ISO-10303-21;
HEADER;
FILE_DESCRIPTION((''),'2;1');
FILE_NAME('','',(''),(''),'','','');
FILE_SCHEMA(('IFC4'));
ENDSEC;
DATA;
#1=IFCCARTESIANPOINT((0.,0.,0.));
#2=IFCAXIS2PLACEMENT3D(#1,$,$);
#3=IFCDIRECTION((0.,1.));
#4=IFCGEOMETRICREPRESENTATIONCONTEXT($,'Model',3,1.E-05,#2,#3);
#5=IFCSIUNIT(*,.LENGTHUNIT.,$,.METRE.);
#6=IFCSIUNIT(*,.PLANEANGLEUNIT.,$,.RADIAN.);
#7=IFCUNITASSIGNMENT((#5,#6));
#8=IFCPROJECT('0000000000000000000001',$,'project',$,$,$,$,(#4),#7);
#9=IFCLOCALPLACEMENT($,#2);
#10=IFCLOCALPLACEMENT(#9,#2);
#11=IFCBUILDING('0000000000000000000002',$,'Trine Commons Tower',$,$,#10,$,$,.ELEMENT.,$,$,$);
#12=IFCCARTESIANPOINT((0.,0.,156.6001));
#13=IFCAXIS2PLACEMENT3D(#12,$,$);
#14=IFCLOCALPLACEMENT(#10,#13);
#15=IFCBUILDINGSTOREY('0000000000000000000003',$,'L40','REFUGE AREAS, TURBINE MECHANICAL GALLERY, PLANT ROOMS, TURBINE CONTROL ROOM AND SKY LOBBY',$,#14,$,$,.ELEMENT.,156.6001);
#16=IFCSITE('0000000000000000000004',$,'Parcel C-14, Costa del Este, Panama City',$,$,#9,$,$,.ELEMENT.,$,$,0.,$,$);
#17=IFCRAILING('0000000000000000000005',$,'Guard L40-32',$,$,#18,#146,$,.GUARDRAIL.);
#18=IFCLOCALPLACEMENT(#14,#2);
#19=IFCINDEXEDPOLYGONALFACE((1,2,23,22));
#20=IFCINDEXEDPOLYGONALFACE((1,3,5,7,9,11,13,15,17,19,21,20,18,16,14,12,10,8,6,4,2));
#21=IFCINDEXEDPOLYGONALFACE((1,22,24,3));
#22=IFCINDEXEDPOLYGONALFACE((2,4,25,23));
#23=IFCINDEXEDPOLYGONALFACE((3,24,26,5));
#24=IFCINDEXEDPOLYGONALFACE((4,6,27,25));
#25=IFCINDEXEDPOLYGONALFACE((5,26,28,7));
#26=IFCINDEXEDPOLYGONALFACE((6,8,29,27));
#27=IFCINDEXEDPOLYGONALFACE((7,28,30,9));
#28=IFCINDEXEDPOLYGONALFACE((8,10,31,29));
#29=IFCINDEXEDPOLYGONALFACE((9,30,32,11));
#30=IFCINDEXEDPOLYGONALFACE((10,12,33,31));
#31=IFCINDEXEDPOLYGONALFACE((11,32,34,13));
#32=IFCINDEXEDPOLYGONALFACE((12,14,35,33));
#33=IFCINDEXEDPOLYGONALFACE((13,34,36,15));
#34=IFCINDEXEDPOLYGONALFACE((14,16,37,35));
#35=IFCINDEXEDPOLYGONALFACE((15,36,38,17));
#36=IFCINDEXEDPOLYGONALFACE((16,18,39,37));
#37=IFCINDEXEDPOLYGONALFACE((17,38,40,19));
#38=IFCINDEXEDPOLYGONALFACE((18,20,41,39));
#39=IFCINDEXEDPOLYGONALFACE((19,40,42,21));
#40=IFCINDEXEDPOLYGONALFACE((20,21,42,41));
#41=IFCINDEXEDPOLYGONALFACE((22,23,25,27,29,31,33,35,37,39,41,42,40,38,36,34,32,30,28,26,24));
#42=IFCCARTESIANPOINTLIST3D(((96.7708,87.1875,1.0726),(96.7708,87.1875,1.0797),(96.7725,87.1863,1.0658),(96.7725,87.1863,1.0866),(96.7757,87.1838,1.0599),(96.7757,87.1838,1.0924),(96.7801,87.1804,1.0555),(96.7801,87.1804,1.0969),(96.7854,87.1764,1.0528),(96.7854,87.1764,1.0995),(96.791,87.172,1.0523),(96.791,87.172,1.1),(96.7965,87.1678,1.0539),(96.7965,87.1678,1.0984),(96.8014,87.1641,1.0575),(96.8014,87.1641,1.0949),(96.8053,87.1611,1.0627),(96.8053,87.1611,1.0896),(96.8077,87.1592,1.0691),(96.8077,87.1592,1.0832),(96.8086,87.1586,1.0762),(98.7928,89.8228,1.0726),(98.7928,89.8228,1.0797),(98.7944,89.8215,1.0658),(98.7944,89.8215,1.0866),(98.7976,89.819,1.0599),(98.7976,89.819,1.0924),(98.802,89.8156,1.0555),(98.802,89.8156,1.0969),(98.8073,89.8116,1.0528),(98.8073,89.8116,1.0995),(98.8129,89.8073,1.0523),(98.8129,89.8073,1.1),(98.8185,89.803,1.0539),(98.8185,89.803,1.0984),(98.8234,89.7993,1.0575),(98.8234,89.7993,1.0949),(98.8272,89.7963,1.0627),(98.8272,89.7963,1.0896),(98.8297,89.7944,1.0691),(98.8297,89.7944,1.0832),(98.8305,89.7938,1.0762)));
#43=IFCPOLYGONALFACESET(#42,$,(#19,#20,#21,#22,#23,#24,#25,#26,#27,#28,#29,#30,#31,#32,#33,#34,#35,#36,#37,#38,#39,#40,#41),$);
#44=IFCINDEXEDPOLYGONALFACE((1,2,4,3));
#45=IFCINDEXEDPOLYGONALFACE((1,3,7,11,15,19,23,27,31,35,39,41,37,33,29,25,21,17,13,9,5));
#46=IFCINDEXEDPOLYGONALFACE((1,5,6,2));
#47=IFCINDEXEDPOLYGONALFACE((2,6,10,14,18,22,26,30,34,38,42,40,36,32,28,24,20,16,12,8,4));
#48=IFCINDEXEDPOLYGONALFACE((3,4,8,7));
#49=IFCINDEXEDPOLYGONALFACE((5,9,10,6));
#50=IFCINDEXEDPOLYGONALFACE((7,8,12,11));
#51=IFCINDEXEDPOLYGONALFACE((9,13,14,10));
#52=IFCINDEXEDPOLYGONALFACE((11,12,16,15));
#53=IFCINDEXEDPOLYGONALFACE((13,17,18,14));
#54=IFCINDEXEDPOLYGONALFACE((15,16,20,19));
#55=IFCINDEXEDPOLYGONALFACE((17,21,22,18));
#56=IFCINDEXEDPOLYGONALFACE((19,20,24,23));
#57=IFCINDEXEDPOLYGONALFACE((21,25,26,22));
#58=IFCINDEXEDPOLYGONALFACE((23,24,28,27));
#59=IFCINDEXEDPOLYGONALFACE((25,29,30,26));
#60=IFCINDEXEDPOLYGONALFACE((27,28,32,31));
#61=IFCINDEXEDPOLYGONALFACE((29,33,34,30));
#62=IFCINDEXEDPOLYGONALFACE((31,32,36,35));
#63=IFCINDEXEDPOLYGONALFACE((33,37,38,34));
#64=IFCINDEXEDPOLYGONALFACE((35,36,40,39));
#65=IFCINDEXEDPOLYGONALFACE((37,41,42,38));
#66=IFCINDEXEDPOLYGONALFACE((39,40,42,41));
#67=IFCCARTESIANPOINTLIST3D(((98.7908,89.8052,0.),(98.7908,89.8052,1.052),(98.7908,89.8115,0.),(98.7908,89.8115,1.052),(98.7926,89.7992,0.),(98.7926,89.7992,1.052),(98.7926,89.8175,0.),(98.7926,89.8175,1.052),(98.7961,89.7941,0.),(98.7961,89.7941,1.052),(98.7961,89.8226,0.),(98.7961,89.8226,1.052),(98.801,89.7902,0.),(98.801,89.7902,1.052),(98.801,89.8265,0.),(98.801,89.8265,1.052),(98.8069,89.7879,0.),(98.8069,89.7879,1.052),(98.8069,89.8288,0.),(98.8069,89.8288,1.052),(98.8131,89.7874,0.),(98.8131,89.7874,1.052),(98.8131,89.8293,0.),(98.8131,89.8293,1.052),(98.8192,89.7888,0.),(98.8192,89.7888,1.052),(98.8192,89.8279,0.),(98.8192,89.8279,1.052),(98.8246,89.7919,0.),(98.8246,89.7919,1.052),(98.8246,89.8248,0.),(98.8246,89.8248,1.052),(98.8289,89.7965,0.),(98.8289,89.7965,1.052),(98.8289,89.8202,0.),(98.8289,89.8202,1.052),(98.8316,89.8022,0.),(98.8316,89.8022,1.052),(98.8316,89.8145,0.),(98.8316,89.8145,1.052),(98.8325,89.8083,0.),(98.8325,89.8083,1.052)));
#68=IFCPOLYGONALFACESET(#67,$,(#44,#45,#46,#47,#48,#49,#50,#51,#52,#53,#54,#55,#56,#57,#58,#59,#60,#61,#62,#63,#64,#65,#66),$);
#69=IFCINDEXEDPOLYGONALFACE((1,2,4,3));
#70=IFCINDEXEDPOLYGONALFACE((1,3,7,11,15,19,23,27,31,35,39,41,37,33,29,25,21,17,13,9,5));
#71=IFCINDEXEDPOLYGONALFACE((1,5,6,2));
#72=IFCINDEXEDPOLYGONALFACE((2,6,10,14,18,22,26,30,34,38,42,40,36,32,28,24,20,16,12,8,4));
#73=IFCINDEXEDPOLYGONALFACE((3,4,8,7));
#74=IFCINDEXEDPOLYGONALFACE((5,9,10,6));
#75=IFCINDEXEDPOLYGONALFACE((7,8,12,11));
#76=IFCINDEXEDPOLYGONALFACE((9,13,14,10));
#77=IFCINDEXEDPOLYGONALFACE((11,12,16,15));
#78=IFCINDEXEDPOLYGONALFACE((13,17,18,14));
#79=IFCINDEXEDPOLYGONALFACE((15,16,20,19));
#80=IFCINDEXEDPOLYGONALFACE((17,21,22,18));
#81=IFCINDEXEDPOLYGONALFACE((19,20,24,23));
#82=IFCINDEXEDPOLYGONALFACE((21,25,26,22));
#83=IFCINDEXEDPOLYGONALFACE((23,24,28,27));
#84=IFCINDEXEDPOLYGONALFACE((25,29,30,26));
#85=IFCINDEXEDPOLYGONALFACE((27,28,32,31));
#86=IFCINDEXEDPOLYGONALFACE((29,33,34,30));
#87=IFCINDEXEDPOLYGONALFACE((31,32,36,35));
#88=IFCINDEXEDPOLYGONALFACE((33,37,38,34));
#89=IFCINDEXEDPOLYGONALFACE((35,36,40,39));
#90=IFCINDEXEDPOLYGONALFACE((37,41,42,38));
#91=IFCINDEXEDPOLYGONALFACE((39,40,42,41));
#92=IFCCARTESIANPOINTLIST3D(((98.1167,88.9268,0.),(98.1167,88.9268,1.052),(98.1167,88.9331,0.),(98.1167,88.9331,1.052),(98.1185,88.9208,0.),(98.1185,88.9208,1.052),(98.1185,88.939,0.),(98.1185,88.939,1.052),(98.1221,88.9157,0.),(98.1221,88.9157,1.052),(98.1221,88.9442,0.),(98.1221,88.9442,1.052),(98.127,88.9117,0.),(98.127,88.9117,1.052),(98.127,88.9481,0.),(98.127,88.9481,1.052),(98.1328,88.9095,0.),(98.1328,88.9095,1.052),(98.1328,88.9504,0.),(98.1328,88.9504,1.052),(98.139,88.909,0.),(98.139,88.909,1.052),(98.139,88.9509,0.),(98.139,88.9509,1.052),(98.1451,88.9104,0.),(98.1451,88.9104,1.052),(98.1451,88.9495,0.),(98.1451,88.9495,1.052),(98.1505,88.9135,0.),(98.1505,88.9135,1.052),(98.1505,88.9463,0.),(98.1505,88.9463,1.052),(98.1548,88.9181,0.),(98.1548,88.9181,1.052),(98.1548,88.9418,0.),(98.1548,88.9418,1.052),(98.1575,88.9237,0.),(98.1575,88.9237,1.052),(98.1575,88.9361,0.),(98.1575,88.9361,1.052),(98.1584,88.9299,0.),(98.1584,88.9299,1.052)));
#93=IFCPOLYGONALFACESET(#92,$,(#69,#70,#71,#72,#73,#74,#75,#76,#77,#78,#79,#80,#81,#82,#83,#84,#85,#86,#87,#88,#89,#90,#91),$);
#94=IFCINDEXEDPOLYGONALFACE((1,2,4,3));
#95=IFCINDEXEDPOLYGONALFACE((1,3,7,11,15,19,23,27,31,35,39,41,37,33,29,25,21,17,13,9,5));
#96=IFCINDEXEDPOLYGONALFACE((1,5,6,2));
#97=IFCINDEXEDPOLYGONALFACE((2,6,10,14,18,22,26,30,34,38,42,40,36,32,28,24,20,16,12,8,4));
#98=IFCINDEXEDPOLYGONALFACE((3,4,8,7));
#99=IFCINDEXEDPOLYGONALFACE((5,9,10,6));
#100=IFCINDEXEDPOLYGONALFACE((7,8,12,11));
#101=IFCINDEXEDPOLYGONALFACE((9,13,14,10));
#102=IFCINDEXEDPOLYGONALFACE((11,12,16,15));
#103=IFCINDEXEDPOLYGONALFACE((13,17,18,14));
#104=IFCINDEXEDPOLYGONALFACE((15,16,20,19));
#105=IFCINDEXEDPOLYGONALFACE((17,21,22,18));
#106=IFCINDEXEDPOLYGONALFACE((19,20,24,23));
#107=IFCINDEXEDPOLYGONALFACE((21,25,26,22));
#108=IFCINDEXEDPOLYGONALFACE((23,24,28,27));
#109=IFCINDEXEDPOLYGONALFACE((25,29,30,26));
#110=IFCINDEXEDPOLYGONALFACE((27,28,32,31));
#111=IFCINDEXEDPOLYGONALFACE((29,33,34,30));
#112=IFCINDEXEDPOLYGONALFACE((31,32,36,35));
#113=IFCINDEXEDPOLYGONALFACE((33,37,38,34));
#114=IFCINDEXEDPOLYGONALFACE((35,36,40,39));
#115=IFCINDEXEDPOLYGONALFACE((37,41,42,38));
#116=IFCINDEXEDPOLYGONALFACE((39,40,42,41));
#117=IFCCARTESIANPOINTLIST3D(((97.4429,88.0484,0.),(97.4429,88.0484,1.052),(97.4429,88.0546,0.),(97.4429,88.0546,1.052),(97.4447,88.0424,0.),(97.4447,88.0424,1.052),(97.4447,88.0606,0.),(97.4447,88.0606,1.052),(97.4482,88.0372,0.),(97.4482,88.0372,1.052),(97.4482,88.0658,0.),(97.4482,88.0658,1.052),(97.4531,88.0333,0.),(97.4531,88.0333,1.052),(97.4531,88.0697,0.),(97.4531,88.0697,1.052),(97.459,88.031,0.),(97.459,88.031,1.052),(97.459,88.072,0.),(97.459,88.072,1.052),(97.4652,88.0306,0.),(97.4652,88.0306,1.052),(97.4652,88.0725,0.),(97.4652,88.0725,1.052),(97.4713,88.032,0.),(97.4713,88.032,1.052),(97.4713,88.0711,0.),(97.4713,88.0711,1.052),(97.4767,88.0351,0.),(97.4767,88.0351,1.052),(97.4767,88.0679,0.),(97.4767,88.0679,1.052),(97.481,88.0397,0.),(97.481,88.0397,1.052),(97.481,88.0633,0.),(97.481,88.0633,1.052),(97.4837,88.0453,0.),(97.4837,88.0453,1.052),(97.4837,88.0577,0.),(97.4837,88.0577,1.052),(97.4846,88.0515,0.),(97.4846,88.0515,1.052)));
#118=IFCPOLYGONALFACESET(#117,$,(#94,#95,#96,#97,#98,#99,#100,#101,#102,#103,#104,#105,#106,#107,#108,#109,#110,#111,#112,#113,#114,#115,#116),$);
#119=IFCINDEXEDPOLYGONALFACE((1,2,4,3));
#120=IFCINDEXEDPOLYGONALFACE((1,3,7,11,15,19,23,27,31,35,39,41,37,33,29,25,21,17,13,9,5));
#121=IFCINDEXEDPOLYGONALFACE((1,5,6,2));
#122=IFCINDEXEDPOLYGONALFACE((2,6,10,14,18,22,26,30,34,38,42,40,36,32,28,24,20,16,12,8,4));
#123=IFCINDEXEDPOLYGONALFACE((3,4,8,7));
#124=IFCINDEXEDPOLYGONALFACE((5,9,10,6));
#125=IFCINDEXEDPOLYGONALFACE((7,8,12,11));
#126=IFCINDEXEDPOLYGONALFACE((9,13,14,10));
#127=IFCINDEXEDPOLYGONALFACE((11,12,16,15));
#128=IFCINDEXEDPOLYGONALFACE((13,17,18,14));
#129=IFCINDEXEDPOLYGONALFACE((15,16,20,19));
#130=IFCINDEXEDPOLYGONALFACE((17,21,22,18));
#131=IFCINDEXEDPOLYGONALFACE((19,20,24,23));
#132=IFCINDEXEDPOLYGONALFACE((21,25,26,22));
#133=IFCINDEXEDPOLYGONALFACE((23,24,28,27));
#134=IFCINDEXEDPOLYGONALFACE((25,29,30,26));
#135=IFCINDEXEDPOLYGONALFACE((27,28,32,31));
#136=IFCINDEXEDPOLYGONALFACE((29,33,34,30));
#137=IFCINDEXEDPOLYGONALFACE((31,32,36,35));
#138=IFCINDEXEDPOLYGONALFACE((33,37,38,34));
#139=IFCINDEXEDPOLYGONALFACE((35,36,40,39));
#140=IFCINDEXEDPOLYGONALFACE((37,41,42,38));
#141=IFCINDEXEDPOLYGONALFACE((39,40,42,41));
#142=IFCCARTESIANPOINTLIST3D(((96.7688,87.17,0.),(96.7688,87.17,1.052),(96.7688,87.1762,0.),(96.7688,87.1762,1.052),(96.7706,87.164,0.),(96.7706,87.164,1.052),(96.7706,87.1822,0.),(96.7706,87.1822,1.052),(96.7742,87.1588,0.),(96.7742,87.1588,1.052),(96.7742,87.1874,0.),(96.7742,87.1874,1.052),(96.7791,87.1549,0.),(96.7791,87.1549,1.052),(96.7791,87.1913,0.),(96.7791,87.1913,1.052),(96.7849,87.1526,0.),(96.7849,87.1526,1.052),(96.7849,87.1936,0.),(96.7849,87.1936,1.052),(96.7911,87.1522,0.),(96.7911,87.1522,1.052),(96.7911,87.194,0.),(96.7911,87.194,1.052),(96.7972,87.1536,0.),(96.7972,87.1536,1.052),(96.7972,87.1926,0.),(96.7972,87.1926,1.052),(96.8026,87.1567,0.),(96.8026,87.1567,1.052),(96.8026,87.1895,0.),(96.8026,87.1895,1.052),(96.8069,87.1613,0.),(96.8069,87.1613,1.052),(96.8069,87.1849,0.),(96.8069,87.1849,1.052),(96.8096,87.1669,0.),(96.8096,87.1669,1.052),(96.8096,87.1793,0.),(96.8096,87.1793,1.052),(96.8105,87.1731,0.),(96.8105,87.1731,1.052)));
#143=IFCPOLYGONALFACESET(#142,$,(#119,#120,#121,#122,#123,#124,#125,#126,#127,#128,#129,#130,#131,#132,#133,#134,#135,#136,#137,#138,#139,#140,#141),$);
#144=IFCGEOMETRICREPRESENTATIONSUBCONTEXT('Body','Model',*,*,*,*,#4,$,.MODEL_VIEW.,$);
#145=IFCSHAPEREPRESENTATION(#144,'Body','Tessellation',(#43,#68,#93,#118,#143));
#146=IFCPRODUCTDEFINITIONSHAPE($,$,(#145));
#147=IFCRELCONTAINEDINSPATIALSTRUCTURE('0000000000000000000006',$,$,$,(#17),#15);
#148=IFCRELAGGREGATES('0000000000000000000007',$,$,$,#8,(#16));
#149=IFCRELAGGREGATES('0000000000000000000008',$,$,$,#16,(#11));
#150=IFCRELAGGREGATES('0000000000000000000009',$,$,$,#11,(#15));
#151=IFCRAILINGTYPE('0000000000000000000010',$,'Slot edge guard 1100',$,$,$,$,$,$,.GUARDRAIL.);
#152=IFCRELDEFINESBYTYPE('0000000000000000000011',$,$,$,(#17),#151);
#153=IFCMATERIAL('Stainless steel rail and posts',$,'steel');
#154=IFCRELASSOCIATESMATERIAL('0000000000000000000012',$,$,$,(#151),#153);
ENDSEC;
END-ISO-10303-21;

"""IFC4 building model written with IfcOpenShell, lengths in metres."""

from ifc_helpers import new_model, si_unit, direction, frame, origin, origin_2d, place, context, subcontext, project, spatial, circle, extrude, material, type_object, element, save


model = new_model("IFC4")

# Units and contexts
model_context = context("Model", 3, precision=1e-05, world=origin(), true_north=direction((0.0, 1.0)))
body_context = subcontext(model_context, "Body", "Model", "MODEL_VIEW")
ifc_project = project(units=[si_unit("LENGTHUNIT", "METRE"), si_unit("PLANEANGLEUNIT", "RADIAN")], contexts=[model_context])

# Site, building, storey
site_placement = place(None, origin())
site = spatial("IfcSite", under=ifc_project, at=site_placement, Name="Parcel C-14, Costa del Este, Panama City", CompositionType="ELEMENT", RefElevation=0.0)
building_placement = place(site_placement, origin())
building = spatial("IfcBuilding", under=site, at=building_placement, Name="Trine Commons Tower", CompositionType="ELEMENT")
storey_placement = place(building_placement, frame((0.0, 0.0, 156.6001)))
storey = spatial("IfcBuildingStorey", under=building, at=storey_placement, Name="L40", Description="REFUGE AREAS, TURBINE MECHANICAL GALLERY, PLANT ROOMS, TURBINE CONTROL ROOM AND SKY LOBBY", CompositionType="ELEMENT", Elevation=156.6001)

# Railing
ifc_material_1 = material(Name="Stainless steel rail and posts", Category="steel")
railing_type = type_object("IfcRailingType", Name="Slot edge guard 1100", PredefinedType="GUARDRAIL", material=ifc_material_1)
railing_1_placement = place(storey_placement, frame((98.8115, 89.8083, 0.0)))
element("IfcRailing", 1, at=railing_1_placement, inside=storey, type_object=railing_type, Name="Guard L40-32", PredefinedType="GUARDRAIL", context=body_context, shape_type="SweptSolid", body=[
    extrude(circle(Radius=0.0239, at=origin_2d()), frame((0.0, 0.0, 1.0762), z_axis=(-0.608737, -0.793372, 0.0), x_axis=(0.793372, -0.608737, 0.0)), (0.0, 0.0, 1.0), 3.3215),
    extrude(circle(Radius=0.021, at=origin_2d()), origin(), (0.0, 0.0, 1.0), 1.052),
    extrude(circle(Radius=0.021, at=origin_2d()), frame((-0.6741, -0.8784, 0.0)), (0.0, 0.0, 1.0), 1.052),
    extrude(circle(Radius=0.021, at=origin_2d()), frame((-1.3479, -1.7568, 0.0)), (0.0, 0.0, 1.0), 1.052),
    extrude(circle(Radius=0.021, at=origin_2d()), frame((-2.022, -2.6353, 0.0)), (0.0, 0.0, 1.0), 1.052),
])

save(model, "model.ifc")
